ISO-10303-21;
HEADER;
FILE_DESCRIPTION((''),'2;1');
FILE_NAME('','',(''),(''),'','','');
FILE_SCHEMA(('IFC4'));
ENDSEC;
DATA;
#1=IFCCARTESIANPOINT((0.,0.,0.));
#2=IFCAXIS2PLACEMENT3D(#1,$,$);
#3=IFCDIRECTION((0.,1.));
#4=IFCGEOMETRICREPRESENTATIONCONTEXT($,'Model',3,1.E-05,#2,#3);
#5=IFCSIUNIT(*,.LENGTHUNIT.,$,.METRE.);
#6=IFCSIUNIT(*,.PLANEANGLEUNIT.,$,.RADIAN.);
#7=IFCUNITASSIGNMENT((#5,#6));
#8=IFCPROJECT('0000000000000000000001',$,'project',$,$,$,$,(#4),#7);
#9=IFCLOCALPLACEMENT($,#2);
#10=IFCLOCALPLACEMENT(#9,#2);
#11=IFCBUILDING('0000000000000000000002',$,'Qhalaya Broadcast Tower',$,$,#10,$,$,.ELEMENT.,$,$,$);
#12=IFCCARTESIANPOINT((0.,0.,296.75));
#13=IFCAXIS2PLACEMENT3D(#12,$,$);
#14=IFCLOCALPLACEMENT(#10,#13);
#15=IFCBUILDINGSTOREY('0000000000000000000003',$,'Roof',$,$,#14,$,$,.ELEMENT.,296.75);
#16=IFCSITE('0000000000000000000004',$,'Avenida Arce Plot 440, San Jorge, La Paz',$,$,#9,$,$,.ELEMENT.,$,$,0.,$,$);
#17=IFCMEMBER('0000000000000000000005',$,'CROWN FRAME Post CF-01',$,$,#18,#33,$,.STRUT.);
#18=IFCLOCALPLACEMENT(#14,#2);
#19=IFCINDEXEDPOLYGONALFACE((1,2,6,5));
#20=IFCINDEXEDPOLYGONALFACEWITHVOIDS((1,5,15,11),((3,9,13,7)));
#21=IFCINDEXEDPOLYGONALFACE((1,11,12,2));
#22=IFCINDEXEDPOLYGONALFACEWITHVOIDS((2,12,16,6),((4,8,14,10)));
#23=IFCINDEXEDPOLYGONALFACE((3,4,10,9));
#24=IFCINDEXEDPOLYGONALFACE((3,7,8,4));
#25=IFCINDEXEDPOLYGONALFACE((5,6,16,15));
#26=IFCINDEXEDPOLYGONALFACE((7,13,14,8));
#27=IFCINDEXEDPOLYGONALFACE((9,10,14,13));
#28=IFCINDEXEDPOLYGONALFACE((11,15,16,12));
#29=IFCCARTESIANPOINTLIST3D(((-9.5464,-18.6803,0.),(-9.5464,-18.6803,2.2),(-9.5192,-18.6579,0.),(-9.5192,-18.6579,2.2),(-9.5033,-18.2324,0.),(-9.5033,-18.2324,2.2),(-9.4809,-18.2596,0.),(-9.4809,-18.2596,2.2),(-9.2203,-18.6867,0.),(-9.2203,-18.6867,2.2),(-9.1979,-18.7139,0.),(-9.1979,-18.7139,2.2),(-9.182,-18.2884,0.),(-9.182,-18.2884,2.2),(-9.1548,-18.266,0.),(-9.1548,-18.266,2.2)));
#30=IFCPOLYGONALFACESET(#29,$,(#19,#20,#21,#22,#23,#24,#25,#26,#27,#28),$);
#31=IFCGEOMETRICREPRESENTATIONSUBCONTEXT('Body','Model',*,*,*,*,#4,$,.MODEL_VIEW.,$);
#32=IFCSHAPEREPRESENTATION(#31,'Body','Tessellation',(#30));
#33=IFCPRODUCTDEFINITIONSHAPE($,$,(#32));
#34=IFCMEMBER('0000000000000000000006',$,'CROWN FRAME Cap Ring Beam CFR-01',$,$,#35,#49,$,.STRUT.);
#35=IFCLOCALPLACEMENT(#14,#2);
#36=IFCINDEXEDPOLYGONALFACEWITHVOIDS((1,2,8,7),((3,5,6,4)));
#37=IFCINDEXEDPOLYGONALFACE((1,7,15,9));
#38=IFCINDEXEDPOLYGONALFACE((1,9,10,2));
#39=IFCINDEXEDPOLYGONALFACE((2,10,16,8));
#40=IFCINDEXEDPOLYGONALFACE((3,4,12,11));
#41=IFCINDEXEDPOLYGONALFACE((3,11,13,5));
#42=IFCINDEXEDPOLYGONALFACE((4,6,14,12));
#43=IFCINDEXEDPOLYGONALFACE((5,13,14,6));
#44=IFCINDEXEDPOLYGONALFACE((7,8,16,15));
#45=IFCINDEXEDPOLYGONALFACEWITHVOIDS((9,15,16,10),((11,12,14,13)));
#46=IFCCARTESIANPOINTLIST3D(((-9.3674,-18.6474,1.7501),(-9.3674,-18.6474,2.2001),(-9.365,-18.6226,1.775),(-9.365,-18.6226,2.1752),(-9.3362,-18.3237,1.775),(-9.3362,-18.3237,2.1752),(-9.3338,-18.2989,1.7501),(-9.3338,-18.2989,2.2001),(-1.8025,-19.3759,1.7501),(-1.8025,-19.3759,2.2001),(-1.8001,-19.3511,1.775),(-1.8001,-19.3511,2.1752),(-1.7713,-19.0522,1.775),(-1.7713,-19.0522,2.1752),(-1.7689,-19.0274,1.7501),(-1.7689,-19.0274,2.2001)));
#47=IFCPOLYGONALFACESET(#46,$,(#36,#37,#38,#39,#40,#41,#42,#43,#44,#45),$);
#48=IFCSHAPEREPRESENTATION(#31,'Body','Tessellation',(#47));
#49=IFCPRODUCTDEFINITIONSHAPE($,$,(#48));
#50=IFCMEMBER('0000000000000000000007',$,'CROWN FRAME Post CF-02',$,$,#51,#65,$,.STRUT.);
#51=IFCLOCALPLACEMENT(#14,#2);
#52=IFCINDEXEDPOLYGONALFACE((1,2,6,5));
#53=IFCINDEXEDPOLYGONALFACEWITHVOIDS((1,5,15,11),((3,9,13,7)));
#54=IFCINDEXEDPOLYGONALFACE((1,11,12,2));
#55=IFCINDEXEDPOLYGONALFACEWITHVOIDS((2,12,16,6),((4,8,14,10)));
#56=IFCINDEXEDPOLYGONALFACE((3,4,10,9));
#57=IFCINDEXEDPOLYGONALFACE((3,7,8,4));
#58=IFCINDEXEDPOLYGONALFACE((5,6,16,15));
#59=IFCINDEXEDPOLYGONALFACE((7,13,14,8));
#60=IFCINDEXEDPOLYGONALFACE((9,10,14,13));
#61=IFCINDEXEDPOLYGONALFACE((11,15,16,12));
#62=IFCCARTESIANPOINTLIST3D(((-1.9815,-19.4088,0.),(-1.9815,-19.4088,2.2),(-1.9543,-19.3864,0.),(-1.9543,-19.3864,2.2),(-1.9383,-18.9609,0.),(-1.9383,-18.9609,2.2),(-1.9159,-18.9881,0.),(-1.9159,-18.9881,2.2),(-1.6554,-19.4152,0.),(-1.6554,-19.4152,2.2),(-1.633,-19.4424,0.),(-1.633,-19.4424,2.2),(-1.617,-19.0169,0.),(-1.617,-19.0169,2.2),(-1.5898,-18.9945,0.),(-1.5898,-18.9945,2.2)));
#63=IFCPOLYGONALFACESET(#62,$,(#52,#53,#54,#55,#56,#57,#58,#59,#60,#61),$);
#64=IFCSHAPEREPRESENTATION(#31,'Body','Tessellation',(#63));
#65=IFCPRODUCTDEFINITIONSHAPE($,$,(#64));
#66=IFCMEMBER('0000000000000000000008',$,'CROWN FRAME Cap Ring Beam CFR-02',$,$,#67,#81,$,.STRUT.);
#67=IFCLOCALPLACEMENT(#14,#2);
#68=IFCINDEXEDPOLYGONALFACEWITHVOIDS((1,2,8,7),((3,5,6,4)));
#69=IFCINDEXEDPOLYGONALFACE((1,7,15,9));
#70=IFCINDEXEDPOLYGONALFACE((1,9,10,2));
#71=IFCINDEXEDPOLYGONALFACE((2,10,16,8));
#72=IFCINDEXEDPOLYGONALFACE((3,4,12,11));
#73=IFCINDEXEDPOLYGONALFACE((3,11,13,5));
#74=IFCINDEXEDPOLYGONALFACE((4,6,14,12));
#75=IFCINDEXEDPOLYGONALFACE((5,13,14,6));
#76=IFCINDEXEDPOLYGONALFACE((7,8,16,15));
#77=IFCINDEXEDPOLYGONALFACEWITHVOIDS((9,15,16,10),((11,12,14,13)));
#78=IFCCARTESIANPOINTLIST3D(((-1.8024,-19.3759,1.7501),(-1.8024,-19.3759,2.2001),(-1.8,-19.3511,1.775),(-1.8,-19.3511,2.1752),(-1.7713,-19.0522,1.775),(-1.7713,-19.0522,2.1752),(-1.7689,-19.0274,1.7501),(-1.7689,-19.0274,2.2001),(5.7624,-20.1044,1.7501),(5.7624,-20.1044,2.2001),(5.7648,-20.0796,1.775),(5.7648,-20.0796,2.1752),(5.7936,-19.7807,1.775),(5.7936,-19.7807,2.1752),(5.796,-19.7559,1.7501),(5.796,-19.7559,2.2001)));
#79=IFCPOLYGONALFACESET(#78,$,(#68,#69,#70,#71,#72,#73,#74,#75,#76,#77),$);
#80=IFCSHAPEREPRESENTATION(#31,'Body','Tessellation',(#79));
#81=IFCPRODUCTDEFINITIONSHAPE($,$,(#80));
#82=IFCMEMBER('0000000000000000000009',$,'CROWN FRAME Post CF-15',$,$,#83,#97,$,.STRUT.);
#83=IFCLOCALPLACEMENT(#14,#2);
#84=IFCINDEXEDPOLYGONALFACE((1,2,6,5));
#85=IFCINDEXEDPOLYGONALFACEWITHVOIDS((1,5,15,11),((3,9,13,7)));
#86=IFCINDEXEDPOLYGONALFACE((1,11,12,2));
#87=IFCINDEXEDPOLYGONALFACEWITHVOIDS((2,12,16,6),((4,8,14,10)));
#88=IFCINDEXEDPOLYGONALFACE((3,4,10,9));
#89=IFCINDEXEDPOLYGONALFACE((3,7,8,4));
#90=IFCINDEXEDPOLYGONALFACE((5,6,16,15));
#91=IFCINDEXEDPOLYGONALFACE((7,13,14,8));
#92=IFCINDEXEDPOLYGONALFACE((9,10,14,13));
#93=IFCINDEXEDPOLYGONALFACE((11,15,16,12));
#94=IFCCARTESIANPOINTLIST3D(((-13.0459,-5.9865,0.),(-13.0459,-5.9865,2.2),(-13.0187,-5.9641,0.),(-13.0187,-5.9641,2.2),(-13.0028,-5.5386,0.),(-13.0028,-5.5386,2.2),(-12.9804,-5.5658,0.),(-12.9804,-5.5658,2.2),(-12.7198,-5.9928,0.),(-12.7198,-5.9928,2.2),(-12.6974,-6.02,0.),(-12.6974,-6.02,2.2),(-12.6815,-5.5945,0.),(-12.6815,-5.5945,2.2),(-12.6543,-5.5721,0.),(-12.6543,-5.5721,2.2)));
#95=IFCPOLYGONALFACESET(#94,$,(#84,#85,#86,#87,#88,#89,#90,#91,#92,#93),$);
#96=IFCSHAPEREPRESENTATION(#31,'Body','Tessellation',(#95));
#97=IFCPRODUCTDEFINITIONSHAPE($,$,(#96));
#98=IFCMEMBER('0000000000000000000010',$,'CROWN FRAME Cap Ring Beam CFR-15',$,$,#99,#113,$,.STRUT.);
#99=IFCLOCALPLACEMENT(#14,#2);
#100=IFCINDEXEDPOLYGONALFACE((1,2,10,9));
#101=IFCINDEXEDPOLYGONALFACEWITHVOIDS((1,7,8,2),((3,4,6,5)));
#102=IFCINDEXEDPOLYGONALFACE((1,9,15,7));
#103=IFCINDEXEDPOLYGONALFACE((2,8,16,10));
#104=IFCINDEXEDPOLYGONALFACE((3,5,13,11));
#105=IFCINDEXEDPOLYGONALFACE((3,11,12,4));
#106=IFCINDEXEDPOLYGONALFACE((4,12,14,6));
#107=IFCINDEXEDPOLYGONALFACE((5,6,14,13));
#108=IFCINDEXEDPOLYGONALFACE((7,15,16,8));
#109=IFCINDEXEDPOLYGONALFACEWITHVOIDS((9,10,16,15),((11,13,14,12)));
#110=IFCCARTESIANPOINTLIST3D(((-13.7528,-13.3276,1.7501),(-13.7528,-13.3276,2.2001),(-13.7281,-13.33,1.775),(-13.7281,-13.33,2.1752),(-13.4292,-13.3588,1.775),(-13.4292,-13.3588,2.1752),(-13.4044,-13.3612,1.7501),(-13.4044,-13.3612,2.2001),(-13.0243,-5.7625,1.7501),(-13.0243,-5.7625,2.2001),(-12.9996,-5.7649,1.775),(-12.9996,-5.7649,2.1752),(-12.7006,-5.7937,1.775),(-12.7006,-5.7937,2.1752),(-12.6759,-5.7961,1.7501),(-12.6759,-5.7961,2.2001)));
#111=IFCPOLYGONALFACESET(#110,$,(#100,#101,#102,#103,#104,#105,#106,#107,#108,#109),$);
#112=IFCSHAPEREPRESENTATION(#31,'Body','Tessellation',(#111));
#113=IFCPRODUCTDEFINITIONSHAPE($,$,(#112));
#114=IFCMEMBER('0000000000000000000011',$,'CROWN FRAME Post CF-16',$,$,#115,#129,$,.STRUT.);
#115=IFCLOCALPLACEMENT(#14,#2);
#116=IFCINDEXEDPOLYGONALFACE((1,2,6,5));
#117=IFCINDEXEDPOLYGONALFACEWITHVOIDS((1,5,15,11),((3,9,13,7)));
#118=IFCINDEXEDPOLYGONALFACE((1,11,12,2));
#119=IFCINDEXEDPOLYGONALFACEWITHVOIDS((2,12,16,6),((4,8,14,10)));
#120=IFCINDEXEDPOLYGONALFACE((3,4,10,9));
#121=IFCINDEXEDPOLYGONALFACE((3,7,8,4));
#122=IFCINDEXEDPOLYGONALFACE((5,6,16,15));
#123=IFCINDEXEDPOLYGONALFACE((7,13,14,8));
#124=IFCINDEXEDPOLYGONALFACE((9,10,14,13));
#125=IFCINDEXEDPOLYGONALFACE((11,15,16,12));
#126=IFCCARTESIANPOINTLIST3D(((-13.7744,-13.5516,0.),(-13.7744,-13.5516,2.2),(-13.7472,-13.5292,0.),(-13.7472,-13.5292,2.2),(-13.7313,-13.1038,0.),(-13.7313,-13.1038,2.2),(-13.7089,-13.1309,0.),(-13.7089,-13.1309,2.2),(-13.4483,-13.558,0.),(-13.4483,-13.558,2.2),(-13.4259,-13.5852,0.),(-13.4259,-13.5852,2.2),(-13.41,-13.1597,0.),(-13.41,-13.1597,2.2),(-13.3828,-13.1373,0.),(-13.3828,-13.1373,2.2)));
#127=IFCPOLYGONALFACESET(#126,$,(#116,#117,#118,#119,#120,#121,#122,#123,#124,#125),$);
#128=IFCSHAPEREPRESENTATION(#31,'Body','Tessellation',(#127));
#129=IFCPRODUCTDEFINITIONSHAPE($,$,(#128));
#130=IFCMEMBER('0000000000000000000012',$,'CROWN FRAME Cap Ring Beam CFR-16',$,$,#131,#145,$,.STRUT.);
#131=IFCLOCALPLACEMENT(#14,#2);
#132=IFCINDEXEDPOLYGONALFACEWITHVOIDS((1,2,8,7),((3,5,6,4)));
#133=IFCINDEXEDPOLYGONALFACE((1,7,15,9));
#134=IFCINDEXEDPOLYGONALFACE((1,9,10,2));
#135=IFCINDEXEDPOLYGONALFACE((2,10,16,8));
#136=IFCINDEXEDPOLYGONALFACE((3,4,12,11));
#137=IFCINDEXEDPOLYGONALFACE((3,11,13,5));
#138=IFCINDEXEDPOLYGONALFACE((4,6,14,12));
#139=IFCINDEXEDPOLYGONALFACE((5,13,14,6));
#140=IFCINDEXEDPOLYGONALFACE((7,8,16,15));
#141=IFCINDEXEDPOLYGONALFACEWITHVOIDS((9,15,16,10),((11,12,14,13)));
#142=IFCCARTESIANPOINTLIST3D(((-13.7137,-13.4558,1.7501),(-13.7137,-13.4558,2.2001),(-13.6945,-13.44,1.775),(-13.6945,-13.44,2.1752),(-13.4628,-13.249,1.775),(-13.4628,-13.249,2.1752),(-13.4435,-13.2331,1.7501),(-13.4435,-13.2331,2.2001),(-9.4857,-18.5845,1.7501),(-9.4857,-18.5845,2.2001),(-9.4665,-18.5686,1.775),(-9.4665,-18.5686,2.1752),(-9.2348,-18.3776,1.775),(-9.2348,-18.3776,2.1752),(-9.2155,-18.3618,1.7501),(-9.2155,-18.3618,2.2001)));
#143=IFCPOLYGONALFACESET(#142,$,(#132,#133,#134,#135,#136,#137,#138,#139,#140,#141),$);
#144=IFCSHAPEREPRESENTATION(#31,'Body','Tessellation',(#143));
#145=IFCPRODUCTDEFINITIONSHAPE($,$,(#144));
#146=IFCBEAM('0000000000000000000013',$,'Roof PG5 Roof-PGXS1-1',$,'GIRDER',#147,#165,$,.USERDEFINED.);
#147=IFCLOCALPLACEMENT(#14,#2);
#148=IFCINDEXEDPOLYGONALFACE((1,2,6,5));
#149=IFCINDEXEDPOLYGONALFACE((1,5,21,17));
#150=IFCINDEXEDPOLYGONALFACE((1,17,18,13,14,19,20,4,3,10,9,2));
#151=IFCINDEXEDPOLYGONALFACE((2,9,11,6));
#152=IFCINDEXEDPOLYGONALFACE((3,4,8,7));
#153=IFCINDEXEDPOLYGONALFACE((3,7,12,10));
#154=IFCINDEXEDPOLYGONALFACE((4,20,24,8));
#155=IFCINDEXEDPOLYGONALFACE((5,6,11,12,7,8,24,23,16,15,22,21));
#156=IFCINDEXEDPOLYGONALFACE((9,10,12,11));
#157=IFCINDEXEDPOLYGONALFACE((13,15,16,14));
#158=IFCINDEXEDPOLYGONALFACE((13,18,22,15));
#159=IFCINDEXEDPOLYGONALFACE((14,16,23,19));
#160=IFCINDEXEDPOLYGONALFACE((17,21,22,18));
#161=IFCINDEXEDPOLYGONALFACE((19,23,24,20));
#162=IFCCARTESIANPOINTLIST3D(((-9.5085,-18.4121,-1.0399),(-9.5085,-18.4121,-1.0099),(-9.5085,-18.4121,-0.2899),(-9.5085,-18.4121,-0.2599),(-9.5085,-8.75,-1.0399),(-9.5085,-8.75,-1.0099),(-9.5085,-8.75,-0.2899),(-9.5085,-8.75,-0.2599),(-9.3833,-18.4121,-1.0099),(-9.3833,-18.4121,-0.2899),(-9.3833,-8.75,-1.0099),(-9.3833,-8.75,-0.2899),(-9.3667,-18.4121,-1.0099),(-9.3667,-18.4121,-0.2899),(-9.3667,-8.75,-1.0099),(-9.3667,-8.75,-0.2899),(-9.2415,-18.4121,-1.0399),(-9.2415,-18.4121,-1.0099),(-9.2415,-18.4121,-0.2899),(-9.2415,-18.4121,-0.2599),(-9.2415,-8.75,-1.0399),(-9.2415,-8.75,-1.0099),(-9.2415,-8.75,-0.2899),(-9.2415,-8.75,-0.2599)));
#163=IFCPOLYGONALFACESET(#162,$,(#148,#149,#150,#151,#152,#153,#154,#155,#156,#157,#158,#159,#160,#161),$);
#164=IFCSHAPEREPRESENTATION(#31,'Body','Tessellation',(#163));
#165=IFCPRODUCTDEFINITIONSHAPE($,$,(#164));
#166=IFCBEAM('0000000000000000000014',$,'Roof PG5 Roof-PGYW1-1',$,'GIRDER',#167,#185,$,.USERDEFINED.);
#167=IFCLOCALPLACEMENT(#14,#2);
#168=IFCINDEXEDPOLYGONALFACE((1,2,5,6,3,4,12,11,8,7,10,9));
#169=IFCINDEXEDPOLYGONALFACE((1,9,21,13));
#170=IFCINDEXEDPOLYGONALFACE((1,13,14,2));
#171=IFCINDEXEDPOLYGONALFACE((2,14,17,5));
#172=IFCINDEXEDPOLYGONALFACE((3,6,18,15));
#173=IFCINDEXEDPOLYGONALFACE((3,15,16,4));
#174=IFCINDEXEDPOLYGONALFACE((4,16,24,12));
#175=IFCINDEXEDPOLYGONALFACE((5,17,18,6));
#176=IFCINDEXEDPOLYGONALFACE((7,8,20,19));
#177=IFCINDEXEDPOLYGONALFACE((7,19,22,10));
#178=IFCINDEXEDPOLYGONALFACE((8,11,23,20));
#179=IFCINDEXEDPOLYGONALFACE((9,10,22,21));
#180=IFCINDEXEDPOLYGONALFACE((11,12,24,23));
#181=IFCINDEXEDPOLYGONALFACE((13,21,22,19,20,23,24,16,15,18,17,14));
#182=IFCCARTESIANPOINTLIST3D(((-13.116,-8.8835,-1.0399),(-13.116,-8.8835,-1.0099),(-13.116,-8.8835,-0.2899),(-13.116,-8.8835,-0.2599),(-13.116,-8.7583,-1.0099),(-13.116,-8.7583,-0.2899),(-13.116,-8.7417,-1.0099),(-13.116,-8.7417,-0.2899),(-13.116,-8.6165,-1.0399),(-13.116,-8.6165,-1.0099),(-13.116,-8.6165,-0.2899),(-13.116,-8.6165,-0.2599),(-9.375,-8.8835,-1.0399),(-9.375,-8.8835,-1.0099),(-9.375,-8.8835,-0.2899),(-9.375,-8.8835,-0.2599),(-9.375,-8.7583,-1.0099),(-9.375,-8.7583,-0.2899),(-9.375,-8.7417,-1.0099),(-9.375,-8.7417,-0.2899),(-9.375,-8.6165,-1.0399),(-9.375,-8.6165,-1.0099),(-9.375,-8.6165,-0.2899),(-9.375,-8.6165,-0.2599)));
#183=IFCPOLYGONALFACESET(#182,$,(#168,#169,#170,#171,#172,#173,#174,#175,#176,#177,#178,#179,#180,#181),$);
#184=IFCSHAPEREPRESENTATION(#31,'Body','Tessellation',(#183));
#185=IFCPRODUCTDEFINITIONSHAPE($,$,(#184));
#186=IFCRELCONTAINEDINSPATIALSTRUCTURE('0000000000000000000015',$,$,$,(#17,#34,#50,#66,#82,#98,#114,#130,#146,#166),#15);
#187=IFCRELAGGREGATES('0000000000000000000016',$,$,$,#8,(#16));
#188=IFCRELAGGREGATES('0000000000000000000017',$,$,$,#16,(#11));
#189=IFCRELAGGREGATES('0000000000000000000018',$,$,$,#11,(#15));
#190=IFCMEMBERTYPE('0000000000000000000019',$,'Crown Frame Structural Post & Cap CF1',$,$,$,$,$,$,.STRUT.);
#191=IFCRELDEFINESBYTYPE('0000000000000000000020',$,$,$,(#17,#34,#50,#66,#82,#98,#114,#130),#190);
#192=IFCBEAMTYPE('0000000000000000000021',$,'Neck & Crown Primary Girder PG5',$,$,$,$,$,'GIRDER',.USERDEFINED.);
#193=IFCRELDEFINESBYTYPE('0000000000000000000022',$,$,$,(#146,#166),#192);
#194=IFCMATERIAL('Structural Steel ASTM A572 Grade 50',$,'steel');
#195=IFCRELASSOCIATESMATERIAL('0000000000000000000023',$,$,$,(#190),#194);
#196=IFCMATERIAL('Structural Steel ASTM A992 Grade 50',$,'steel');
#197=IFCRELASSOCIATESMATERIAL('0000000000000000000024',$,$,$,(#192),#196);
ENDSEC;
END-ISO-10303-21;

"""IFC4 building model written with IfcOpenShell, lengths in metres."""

from ifc_helpers import new_model, si_unit, direction, frame, origin, origin_2d, place, context, subcontext, project, spatial, hollow_rectangle, i_section, extrude, material, material_profile, profile_set, type_object, element, save


model = new_model("IFC4")

# Units and contexts
model_context = context("Model", 3, precision=1e-05, world=origin(), true_north=direction((0.0, 1.0)))
body_context = subcontext(model_context, "Body", "Model", "MODEL_VIEW")
ifc_project = project(units=[si_unit("LENGTHUNIT", "METRE"), si_unit("PLANEANGLEUNIT", "RADIAN")], contexts=[model_context])

# Site, building, storey
site_placement = place(None, origin())
site = spatial("IfcSite", under=ifc_project, at=site_placement, Name="Avenida Arce Plot 440, San Jorge, La Paz", CompositionType="ELEMENT", RefElevation=0.0)
building_placement = place(site_placement, origin())
building = spatial("IfcBuilding", under=site, at=building_placement, Name="Qhalaya Broadcast Tower", CompositionType="ELEMENT")
storey_placement = place(building_placement, frame((0.0, 0.0, 296.75)))
storey = spatial("IfcBuildingStorey", under=building, at=storey_placement, Name="Roof", CompositionType="ELEMENT", Elevation=296.75)

# Shared definitions
ifc_material_1 = material(Name="Structural Steel ASTM A992 Grade 50", Category="steel")

# Members
ifc_material_2 = material(Name="Structural Steel ASTM A572 Grade 50", Category="steel")
ifc_material_profile_1 = material_profile(ifc_material_2, hollow_rectangle(XDim=0.3501, YDim=0.45, WallThickness=0.0249, at=origin_2d()), Name="BOX 350x450x25")
ifc_profile_set_1 = profile_set([ifc_material_profile_1], Name="Structural Steel ASTM A572 Grade 50")
member_type = type_object("IfcMemberType", Name="Crown Frame Structural Post & Cap CF1", PredefinedType="STRUT", material=ifc_profile_set_1)
member_1_placement = place(storey_placement, frame((-9.3506, -18.4731, 0.0), z_axis=(0.0, 0.0, 1.0), x_axis=(0.995396, -0.095846, 0.0)))
element("IfcMember", 1, at=member_1_placement, inside=storey, type_object=member_type, Name="CROWN FRAME Post CF-01", PredefinedType="STRUT", context=body_context, shape_type="SweptSolid", body=[
    extrude(hollow_rectangle(XDim=0.3501, YDim=0.45, WallThickness=0.0249, at=origin_2d()), origin(), (0.0, 0.0, 1.0), 2.2),
])
member_2_placement = place(storey_placement, frame((-9.3506, -18.4731, 1.9751), z_axis=(0.995395, -0.095858, 0.0), x_axis=(0.095858, 0.995395, 0.0)))
element("IfcMember", 2, at=member_2_placement, inside=storey, type_object=member_type, Name="CROWN FRAME Cap Ring Beam CFR-01", PredefinedType="STRUT", context=body_context, shape_type="SweptSolid", body=[
    extrude(hollow_rectangle(XDim=0.3501, YDim=0.45, WallThickness=0.0249, at=origin_2d()), origin(), (0.0, 0.0, 1.0), 7.5999),
])
member_3_placement = place(storey_placement, frame((-1.7856, -19.2017, 0.0), z_axis=(0.0, 0.0, 1.0), x_axis=(0.995396, -0.095846, 0.0)))
element("IfcMember", 3, at=member_3_placement, inside=storey, type_object=member_type, Name="CROWN FRAME Post CF-02", PredefinedType="STRUT", context=body_context, shape_type="SweptSolid", body=[
    extrude(hollow_rectangle(XDim=0.3501, YDim=0.45, WallThickness=0.0249, at=origin_2d()), origin(), (0.0, 0.0, 1.0), 2.2),
])
member_4_placement = place(storey_placement, frame((-1.7856, -19.2017, 1.9751), z_axis=(0.995395, -0.095858, 0.0), x_axis=(0.095858, 0.995395, 0.0)))
element("IfcMember", 4, at=member_4_placement, inside=storey, type_object=member_type, Name="CROWN FRAME Cap Ring Beam CFR-02", PredefinedType="STRUT", context=body_context, shape_type="SweptSolid", body=[
    extrude(hollow_rectangle(XDim=0.3501, YDim=0.45, WallThickness=0.0249, at=origin_2d()), origin(), (0.0, 0.0, 1.0), 7.5999),
])
member_5_placement = place(storey_placement, frame((-12.8501, -5.7793, 0.0), z_axis=(0.0, 0.0, 1.0), x_axis=(0.995396, -0.095846, 0.0)))
element("IfcMember", 5, at=member_5_placement, inside=storey, type_object=member_type, Name="CROWN FRAME Post CF-15", PredefinedType="STRUT", context=body_context, shape_type="SweptSolid", body=[
    extrude(hollow_rectangle(XDim=0.3501, YDim=0.45, WallThickness=0.0249, at=origin_2d()), origin(), (0.0, 0.0, 1.0), 2.2),
])
member_6_placement = place(storey_placement, frame((-12.8501, -5.7793, 1.9751), z_axis=(-0.095855, -0.995395, 0.0), x_axis=(0.995395, -0.095855, 0.0)))
element("IfcMember", 6, at=member_6_placement, inside=storey, type_object=member_type, Name="CROWN FRAME Cap Ring Beam CFR-15", PredefinedType="STRUT", context=body_context, shape_type="SweptSolid", body=[
    extrude(hollow_rectangle(XDim=0.3501, YDim=0.45, WallThickness=0.0249, at=origin_2d()), origin(), (0.0, 0.0, 1.0), 7.6001),
])
member_7_placement = place(storey_placement, frame((-13.5786, -13.3445, 0.0), z_axis=(0.0, 0.0, 1.0), x_axis=(0.995396, -0.095846, 0.0)))
element("IfcMember", 7, at=member_7_placement, inside=storey, type_object=member_type, Name="CROWN FRAME Post CF-16", PredefinedType="STRUT", context=body_context, shape_type="SweptSolid", body=[
    extrude(hollow_rectangle(XDim=0.3501, YDim=0.45, WallThickness=0.0249, at=origin_2d()), origin(), (0.0, 0.0, 1.0), 2.2),
])
member_8_placement = place(storey_placement, frame((-13.5786, -13.3445, 1.9751), z_axis=(0.636104, -0.771604, 0.0), x_axis=(0.771604, 0.636104, 0.0)))
element("IfcMember", 8, at=member_8_placement, inside=storey, type_object=member_type, Name="CROWN FRAME Cap Ring Beam CFR-16", PredefinedType="STRUT", context=body_context, shape_type="SweptSolid", body=[
    extrude(hollow_rectangle(XDim=0.3501, YDim=0.45, WallThickness=0.0249, at=origin_2d()), origin(), (0.0, 0.0, 1.0), 6.6467),
])

# Beams
ifc_material_profile_2 = material_profile(ifc_material_1, i_section(OverallWidth=0.2671, OverallDepth=0.78, WebThickness=0.0166, FlangeThickness=0.03, at=origin_2d()), Name="W30X148")
ifc_profile_set_2 = profile_set([ifc_material_profile_2], Name="Structural Steel ASTM A992 Grade 50")
beam_type_1 = type_object("IfcBeamType", Name="Neck & Crown Primary Girder PG5", ElementType="GIRDER", PredefinedType="USERDEFINED", material=ifc_profile_set_2)
beam_1_placement = place(storey_placement, frame((-9.375, -18.4121, -0.6499), z_axis=(0.0, 1.0, 0.0), x_axis=(-1.0, 0.0, 0.0)))
element("IfcBeam", 9, at=beam_1_placement, inside=storey, type_object=beam_type_1, Name="Roof PG5 Roof-PGXS1-1", ObjectType="GIRDER", PredefinedType="USERDEFINED", context=body_context, shape_type="SweptSolid", body=[
    extrude(i_section(OverallWidth=0.2671, OverallDepth=0.78, WebThickness=0.0166, FlangeThickness=0.03, at=origin_2d()), origin(), (0.0, 0.0, 1.0), 9.6621),
])
beam_2_placement = place(storey_placement, frame((-13.116, -8.75, -0.6499), z_axis=(1.0, 0.0, 0.0), x_axis=(0.0, 1.0, 0.0)))
element("IfcBeam", 10, at=beam_2_placement, inside=storey, type_object=beam_type_1, Name="Roof PG5 Roof-PGYW1-1", ObjectType="GIRDER", PredefinedType="USERDEFINED", context=body_context, shape_type="SweptSolid", body=[
    extrude(i_section(OverallWidth=0.2671, OverallDepth=0.78, WebThickness=0.0166, FlangeThickness=0.03, at=origin_2d()), origin(), (0.0, 0.0, 1.0), 3.741),
])

save(model, "model.ifc")
